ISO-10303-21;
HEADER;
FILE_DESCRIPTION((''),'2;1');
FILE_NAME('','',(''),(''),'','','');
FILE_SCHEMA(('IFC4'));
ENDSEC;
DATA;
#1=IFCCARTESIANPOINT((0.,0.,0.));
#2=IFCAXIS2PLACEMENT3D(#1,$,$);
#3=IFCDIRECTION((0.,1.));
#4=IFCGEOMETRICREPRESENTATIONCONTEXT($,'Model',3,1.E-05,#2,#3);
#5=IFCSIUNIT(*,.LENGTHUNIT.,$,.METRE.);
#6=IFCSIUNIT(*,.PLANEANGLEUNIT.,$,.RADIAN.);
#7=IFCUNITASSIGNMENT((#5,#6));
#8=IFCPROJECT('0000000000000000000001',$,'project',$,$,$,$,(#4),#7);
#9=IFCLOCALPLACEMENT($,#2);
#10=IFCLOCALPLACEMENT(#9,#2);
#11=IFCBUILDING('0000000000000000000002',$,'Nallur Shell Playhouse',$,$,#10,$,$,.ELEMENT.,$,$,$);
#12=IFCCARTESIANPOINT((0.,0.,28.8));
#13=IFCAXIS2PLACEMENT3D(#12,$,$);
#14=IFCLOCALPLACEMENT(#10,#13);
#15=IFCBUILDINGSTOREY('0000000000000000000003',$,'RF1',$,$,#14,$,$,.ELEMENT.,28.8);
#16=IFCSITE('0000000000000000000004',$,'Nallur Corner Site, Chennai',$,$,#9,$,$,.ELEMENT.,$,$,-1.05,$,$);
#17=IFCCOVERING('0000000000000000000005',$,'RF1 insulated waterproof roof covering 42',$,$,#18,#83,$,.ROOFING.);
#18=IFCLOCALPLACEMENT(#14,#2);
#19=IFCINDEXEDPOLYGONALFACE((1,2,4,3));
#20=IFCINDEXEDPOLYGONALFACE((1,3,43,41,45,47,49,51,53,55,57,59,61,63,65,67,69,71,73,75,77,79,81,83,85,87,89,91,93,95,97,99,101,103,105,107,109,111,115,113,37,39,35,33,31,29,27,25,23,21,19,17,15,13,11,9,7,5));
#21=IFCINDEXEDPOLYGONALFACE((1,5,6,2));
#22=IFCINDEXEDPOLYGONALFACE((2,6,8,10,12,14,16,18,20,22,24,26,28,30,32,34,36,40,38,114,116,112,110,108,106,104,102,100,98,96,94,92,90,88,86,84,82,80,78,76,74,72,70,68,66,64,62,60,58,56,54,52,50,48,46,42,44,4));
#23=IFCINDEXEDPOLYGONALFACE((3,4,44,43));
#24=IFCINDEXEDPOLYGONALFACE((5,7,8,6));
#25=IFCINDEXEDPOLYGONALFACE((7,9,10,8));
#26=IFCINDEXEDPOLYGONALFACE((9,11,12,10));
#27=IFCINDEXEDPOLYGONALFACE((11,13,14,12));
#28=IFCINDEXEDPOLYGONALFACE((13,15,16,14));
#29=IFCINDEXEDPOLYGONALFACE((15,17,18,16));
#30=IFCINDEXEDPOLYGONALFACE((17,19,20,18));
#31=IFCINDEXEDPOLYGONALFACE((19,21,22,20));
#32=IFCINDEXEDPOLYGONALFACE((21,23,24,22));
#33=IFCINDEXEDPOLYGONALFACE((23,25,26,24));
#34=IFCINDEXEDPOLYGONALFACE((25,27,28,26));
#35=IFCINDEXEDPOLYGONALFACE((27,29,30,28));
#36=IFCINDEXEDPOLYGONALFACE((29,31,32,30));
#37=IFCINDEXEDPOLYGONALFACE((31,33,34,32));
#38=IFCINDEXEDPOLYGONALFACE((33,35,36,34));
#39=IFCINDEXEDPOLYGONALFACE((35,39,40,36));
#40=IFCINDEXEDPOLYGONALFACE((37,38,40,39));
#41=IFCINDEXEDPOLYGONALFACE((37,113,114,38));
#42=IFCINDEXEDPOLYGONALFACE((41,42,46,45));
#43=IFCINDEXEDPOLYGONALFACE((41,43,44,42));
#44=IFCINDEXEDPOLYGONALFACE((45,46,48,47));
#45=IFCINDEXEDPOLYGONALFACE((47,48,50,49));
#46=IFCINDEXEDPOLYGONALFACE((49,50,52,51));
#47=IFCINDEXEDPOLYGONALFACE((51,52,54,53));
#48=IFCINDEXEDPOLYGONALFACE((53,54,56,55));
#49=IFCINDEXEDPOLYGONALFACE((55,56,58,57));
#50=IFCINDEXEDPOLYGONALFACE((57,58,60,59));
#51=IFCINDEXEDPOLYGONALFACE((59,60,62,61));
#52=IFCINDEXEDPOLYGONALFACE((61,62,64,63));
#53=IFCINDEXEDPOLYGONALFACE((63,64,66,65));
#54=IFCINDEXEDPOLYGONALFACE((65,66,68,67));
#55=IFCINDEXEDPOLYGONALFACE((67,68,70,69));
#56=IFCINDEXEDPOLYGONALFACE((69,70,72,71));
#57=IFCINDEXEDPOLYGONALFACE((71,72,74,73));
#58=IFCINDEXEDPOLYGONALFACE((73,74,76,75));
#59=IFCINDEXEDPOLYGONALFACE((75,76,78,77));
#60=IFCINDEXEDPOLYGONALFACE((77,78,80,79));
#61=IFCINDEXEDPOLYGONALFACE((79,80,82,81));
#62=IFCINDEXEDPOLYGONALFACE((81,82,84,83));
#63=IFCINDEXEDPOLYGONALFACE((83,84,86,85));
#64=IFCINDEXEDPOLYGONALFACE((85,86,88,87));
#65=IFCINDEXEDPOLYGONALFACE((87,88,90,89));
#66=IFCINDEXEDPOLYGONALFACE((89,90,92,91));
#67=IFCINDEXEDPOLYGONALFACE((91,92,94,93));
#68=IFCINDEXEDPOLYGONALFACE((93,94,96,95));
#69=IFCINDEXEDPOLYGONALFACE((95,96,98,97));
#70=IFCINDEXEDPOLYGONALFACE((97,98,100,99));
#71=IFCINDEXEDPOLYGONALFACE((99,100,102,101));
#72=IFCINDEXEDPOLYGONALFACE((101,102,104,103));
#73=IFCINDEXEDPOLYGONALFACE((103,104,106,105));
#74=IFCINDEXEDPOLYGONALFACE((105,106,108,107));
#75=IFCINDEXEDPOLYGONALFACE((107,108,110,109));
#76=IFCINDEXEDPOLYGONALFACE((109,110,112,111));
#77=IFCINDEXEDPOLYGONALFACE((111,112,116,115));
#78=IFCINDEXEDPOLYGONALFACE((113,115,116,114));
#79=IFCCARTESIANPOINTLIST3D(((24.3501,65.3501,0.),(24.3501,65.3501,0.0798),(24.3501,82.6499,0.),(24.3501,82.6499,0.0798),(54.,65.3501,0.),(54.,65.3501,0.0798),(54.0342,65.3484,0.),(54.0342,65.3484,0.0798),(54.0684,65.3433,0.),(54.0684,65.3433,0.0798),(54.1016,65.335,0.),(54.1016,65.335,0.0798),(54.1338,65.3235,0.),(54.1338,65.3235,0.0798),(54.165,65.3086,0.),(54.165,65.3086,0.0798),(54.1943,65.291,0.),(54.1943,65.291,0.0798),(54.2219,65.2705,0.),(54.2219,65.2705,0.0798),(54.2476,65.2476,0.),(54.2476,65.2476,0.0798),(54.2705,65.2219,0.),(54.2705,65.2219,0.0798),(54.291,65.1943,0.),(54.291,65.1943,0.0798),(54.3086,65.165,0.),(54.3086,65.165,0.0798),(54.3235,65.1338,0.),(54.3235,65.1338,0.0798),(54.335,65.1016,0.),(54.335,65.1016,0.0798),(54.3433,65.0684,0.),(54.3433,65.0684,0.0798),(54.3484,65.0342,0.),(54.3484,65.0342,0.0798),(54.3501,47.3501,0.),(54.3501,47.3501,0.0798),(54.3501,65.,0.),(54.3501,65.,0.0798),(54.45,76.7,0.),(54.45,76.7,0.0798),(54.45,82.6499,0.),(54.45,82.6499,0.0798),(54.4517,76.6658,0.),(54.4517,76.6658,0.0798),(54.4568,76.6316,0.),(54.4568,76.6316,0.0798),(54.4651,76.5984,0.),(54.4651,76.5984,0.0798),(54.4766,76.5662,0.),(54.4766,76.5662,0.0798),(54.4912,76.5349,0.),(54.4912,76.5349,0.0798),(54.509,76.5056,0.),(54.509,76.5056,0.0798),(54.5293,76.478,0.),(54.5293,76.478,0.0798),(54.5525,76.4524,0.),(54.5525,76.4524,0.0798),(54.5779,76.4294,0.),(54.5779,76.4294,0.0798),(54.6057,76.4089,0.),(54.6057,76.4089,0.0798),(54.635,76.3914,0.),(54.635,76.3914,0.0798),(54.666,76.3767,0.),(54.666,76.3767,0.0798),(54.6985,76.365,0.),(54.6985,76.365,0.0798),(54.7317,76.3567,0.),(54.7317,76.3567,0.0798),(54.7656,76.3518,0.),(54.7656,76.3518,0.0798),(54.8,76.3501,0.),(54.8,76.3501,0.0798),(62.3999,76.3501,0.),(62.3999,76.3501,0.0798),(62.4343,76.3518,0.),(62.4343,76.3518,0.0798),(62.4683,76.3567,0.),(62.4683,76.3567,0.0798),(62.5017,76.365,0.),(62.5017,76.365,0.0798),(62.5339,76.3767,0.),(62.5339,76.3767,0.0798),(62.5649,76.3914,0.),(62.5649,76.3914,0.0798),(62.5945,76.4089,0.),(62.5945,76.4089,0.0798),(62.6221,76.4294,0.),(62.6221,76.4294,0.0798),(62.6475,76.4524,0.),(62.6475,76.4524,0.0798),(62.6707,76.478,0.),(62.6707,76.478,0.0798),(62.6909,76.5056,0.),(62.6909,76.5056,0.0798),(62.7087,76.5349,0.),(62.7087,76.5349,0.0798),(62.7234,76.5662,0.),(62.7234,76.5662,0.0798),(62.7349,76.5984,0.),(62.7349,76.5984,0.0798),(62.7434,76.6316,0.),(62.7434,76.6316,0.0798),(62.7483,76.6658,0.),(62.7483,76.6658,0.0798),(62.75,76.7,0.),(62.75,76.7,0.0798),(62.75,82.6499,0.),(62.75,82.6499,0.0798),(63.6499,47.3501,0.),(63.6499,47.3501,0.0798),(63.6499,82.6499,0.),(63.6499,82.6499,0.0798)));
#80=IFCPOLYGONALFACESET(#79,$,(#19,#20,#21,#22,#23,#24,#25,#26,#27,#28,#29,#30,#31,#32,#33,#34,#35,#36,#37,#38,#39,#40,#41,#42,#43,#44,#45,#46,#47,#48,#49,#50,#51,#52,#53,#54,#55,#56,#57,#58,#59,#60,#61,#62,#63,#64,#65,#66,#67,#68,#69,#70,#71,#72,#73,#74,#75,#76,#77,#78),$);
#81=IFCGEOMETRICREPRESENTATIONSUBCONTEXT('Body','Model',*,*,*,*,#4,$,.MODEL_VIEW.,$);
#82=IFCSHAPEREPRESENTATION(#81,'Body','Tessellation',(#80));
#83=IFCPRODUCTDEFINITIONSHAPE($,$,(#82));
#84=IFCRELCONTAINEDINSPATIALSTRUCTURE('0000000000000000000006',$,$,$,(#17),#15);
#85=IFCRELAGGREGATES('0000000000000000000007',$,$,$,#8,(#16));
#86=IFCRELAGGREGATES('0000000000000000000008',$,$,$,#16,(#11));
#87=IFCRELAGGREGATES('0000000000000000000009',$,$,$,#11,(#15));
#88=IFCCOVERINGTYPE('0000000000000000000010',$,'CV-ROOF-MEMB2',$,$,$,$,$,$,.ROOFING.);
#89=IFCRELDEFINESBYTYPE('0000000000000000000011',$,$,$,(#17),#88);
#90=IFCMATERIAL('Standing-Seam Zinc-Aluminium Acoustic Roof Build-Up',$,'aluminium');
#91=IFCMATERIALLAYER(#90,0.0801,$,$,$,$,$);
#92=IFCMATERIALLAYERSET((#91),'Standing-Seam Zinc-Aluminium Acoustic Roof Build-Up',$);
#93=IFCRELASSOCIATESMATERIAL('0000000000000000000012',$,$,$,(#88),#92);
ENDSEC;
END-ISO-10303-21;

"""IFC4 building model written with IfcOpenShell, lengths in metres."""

from ifc_helpers import new_model, si_unit, direction, frame, origin, place, context, subcontext, project, spatial, polyline, outline, extrude, material, layer, layer_set, type_object, element, save


model = new_model("IFC4")

# Units and contexts
model_context = context("Model", 3, precision=1e-05, world=origin(), true_north=direction((0.0, 1.0)))
body_context = subcontext(model_context, "Body", "Model", "MODEL_VIEW")
ifc_project = project(units=[si_unit("LENGTHUNIT", "METRE"), si_unit("PLANEANGLEUNIT", "RADIAN")], contexts=[model_context])

# Site, building, storey
site_placement = place(None, origin())
site = spatial("IfcSite", under=ifc_project, at=site_placement, Name="Nallur Corner Site, Chennai", CompositionType="ELEMENT", RefElevation=-1.05)
building_placement = place(site_placement, origin())
building = spatial("IfcBuilding", under=site, at=building_placement, Name="Nallur Shell Playhouse", CompositionType="ELEMENT")
storey_placement = place(building_placement, frame((0.0, 0.0, 28.8)))
storey = spatial("IfcBuildingStorey", under=building, at=storey_placement, Name="RF1", CompositionType="ELEMENT", Elevation=28.8)

# Covering
ifc_material_1 = material(Name="Standing-Seam Zinc-Aluminium Acoustic Roof Build-Up", Category="aluminium")
ifc_layer_1 = layer(ifc_material_1, 0.0801)
ifc_layer_set_1 = layer_set([ifc_layer_1], Name="Standing-Seam Zinc-Aluminium Acoustic Roof Build-Up")
covering_type = type_object("IfcCoveringType", Name="CV-ROOF-MEMB2", PredefinedType="ROOFING", material=ifc_layer_set_1)
covering_placement = place(storey_placement, origin())
element("IfcCovering", 1, at=covering_placement, inside=storey, type_object=covering_type, Name="RF1 insulated waterproof roof covering 42", PredefinedType="ROOFING", context=body_context, shape_type="SweptSolid", body=[
    extrude(outline(polyline([(54.3501, 65.0), (54.3484, 65.0342), (54.3433, 65.0684), (54.335, 65.1016), (54.3235, 65.1338), (54.3086, 65.165), (54.291, 65.1943), (54.2705, 65.2219), (54.2476, 65.2476), (54.2219, 65.2705), (54.1943, 65.291), (54.165, 65.3086), (54.1338, 65.3235), (54.1016, 65.335), (54.0684, 65.3433), (54.0342, 65.3484), (54.0, 65.3501), (24.3501, 65.3501), (24.3501, 82.6499), (54.45, 82.6499), (54.45, 76.7), (54.4517, 76.6658), (54.4568, 76.6316), (54.4651, 76.5984), (54.4766, 76.5662), (54.4912, 76.5349), (54.509, 76.5056), (54.5293, 76.478), (54.5525, 76.4524), (54.5779, 76.4294), (54.6057, 76.4089), (54.635, 76.3914), (54.666, 76.3767), (54.6985, 76.365), (54.7317, 76.3567), (54.7656, 76.3518), (54.8, 76.3501), (62.3999, 76.3501), (62.4343, 76.3518), (62.4683, 76.3567), (62.5017, 76.365), (62.5339, 76.3767), (62.5649, 76.3914), (62.5945, 76.4089), (62.6221, 76.4294), (62.6475, 76.4524), (62.6707, 76.478), (62.6909, 76.5056), (62.7087, 76.5349), (62.7234, 76.5662), (62.7349, 76.5984), (62.7434, 76.6316), (62.7483, 76.6658), (62.75, 76.7), (62.75, 82.6499), (63.6499, 82.6499), (63.6499, 47.3501), (54.3501, 47.3501), (54.3501, 65.0)])), origin(), (0.0, 0.0, 1.0), 0.0798),
])

save(model, "model.ifc")
